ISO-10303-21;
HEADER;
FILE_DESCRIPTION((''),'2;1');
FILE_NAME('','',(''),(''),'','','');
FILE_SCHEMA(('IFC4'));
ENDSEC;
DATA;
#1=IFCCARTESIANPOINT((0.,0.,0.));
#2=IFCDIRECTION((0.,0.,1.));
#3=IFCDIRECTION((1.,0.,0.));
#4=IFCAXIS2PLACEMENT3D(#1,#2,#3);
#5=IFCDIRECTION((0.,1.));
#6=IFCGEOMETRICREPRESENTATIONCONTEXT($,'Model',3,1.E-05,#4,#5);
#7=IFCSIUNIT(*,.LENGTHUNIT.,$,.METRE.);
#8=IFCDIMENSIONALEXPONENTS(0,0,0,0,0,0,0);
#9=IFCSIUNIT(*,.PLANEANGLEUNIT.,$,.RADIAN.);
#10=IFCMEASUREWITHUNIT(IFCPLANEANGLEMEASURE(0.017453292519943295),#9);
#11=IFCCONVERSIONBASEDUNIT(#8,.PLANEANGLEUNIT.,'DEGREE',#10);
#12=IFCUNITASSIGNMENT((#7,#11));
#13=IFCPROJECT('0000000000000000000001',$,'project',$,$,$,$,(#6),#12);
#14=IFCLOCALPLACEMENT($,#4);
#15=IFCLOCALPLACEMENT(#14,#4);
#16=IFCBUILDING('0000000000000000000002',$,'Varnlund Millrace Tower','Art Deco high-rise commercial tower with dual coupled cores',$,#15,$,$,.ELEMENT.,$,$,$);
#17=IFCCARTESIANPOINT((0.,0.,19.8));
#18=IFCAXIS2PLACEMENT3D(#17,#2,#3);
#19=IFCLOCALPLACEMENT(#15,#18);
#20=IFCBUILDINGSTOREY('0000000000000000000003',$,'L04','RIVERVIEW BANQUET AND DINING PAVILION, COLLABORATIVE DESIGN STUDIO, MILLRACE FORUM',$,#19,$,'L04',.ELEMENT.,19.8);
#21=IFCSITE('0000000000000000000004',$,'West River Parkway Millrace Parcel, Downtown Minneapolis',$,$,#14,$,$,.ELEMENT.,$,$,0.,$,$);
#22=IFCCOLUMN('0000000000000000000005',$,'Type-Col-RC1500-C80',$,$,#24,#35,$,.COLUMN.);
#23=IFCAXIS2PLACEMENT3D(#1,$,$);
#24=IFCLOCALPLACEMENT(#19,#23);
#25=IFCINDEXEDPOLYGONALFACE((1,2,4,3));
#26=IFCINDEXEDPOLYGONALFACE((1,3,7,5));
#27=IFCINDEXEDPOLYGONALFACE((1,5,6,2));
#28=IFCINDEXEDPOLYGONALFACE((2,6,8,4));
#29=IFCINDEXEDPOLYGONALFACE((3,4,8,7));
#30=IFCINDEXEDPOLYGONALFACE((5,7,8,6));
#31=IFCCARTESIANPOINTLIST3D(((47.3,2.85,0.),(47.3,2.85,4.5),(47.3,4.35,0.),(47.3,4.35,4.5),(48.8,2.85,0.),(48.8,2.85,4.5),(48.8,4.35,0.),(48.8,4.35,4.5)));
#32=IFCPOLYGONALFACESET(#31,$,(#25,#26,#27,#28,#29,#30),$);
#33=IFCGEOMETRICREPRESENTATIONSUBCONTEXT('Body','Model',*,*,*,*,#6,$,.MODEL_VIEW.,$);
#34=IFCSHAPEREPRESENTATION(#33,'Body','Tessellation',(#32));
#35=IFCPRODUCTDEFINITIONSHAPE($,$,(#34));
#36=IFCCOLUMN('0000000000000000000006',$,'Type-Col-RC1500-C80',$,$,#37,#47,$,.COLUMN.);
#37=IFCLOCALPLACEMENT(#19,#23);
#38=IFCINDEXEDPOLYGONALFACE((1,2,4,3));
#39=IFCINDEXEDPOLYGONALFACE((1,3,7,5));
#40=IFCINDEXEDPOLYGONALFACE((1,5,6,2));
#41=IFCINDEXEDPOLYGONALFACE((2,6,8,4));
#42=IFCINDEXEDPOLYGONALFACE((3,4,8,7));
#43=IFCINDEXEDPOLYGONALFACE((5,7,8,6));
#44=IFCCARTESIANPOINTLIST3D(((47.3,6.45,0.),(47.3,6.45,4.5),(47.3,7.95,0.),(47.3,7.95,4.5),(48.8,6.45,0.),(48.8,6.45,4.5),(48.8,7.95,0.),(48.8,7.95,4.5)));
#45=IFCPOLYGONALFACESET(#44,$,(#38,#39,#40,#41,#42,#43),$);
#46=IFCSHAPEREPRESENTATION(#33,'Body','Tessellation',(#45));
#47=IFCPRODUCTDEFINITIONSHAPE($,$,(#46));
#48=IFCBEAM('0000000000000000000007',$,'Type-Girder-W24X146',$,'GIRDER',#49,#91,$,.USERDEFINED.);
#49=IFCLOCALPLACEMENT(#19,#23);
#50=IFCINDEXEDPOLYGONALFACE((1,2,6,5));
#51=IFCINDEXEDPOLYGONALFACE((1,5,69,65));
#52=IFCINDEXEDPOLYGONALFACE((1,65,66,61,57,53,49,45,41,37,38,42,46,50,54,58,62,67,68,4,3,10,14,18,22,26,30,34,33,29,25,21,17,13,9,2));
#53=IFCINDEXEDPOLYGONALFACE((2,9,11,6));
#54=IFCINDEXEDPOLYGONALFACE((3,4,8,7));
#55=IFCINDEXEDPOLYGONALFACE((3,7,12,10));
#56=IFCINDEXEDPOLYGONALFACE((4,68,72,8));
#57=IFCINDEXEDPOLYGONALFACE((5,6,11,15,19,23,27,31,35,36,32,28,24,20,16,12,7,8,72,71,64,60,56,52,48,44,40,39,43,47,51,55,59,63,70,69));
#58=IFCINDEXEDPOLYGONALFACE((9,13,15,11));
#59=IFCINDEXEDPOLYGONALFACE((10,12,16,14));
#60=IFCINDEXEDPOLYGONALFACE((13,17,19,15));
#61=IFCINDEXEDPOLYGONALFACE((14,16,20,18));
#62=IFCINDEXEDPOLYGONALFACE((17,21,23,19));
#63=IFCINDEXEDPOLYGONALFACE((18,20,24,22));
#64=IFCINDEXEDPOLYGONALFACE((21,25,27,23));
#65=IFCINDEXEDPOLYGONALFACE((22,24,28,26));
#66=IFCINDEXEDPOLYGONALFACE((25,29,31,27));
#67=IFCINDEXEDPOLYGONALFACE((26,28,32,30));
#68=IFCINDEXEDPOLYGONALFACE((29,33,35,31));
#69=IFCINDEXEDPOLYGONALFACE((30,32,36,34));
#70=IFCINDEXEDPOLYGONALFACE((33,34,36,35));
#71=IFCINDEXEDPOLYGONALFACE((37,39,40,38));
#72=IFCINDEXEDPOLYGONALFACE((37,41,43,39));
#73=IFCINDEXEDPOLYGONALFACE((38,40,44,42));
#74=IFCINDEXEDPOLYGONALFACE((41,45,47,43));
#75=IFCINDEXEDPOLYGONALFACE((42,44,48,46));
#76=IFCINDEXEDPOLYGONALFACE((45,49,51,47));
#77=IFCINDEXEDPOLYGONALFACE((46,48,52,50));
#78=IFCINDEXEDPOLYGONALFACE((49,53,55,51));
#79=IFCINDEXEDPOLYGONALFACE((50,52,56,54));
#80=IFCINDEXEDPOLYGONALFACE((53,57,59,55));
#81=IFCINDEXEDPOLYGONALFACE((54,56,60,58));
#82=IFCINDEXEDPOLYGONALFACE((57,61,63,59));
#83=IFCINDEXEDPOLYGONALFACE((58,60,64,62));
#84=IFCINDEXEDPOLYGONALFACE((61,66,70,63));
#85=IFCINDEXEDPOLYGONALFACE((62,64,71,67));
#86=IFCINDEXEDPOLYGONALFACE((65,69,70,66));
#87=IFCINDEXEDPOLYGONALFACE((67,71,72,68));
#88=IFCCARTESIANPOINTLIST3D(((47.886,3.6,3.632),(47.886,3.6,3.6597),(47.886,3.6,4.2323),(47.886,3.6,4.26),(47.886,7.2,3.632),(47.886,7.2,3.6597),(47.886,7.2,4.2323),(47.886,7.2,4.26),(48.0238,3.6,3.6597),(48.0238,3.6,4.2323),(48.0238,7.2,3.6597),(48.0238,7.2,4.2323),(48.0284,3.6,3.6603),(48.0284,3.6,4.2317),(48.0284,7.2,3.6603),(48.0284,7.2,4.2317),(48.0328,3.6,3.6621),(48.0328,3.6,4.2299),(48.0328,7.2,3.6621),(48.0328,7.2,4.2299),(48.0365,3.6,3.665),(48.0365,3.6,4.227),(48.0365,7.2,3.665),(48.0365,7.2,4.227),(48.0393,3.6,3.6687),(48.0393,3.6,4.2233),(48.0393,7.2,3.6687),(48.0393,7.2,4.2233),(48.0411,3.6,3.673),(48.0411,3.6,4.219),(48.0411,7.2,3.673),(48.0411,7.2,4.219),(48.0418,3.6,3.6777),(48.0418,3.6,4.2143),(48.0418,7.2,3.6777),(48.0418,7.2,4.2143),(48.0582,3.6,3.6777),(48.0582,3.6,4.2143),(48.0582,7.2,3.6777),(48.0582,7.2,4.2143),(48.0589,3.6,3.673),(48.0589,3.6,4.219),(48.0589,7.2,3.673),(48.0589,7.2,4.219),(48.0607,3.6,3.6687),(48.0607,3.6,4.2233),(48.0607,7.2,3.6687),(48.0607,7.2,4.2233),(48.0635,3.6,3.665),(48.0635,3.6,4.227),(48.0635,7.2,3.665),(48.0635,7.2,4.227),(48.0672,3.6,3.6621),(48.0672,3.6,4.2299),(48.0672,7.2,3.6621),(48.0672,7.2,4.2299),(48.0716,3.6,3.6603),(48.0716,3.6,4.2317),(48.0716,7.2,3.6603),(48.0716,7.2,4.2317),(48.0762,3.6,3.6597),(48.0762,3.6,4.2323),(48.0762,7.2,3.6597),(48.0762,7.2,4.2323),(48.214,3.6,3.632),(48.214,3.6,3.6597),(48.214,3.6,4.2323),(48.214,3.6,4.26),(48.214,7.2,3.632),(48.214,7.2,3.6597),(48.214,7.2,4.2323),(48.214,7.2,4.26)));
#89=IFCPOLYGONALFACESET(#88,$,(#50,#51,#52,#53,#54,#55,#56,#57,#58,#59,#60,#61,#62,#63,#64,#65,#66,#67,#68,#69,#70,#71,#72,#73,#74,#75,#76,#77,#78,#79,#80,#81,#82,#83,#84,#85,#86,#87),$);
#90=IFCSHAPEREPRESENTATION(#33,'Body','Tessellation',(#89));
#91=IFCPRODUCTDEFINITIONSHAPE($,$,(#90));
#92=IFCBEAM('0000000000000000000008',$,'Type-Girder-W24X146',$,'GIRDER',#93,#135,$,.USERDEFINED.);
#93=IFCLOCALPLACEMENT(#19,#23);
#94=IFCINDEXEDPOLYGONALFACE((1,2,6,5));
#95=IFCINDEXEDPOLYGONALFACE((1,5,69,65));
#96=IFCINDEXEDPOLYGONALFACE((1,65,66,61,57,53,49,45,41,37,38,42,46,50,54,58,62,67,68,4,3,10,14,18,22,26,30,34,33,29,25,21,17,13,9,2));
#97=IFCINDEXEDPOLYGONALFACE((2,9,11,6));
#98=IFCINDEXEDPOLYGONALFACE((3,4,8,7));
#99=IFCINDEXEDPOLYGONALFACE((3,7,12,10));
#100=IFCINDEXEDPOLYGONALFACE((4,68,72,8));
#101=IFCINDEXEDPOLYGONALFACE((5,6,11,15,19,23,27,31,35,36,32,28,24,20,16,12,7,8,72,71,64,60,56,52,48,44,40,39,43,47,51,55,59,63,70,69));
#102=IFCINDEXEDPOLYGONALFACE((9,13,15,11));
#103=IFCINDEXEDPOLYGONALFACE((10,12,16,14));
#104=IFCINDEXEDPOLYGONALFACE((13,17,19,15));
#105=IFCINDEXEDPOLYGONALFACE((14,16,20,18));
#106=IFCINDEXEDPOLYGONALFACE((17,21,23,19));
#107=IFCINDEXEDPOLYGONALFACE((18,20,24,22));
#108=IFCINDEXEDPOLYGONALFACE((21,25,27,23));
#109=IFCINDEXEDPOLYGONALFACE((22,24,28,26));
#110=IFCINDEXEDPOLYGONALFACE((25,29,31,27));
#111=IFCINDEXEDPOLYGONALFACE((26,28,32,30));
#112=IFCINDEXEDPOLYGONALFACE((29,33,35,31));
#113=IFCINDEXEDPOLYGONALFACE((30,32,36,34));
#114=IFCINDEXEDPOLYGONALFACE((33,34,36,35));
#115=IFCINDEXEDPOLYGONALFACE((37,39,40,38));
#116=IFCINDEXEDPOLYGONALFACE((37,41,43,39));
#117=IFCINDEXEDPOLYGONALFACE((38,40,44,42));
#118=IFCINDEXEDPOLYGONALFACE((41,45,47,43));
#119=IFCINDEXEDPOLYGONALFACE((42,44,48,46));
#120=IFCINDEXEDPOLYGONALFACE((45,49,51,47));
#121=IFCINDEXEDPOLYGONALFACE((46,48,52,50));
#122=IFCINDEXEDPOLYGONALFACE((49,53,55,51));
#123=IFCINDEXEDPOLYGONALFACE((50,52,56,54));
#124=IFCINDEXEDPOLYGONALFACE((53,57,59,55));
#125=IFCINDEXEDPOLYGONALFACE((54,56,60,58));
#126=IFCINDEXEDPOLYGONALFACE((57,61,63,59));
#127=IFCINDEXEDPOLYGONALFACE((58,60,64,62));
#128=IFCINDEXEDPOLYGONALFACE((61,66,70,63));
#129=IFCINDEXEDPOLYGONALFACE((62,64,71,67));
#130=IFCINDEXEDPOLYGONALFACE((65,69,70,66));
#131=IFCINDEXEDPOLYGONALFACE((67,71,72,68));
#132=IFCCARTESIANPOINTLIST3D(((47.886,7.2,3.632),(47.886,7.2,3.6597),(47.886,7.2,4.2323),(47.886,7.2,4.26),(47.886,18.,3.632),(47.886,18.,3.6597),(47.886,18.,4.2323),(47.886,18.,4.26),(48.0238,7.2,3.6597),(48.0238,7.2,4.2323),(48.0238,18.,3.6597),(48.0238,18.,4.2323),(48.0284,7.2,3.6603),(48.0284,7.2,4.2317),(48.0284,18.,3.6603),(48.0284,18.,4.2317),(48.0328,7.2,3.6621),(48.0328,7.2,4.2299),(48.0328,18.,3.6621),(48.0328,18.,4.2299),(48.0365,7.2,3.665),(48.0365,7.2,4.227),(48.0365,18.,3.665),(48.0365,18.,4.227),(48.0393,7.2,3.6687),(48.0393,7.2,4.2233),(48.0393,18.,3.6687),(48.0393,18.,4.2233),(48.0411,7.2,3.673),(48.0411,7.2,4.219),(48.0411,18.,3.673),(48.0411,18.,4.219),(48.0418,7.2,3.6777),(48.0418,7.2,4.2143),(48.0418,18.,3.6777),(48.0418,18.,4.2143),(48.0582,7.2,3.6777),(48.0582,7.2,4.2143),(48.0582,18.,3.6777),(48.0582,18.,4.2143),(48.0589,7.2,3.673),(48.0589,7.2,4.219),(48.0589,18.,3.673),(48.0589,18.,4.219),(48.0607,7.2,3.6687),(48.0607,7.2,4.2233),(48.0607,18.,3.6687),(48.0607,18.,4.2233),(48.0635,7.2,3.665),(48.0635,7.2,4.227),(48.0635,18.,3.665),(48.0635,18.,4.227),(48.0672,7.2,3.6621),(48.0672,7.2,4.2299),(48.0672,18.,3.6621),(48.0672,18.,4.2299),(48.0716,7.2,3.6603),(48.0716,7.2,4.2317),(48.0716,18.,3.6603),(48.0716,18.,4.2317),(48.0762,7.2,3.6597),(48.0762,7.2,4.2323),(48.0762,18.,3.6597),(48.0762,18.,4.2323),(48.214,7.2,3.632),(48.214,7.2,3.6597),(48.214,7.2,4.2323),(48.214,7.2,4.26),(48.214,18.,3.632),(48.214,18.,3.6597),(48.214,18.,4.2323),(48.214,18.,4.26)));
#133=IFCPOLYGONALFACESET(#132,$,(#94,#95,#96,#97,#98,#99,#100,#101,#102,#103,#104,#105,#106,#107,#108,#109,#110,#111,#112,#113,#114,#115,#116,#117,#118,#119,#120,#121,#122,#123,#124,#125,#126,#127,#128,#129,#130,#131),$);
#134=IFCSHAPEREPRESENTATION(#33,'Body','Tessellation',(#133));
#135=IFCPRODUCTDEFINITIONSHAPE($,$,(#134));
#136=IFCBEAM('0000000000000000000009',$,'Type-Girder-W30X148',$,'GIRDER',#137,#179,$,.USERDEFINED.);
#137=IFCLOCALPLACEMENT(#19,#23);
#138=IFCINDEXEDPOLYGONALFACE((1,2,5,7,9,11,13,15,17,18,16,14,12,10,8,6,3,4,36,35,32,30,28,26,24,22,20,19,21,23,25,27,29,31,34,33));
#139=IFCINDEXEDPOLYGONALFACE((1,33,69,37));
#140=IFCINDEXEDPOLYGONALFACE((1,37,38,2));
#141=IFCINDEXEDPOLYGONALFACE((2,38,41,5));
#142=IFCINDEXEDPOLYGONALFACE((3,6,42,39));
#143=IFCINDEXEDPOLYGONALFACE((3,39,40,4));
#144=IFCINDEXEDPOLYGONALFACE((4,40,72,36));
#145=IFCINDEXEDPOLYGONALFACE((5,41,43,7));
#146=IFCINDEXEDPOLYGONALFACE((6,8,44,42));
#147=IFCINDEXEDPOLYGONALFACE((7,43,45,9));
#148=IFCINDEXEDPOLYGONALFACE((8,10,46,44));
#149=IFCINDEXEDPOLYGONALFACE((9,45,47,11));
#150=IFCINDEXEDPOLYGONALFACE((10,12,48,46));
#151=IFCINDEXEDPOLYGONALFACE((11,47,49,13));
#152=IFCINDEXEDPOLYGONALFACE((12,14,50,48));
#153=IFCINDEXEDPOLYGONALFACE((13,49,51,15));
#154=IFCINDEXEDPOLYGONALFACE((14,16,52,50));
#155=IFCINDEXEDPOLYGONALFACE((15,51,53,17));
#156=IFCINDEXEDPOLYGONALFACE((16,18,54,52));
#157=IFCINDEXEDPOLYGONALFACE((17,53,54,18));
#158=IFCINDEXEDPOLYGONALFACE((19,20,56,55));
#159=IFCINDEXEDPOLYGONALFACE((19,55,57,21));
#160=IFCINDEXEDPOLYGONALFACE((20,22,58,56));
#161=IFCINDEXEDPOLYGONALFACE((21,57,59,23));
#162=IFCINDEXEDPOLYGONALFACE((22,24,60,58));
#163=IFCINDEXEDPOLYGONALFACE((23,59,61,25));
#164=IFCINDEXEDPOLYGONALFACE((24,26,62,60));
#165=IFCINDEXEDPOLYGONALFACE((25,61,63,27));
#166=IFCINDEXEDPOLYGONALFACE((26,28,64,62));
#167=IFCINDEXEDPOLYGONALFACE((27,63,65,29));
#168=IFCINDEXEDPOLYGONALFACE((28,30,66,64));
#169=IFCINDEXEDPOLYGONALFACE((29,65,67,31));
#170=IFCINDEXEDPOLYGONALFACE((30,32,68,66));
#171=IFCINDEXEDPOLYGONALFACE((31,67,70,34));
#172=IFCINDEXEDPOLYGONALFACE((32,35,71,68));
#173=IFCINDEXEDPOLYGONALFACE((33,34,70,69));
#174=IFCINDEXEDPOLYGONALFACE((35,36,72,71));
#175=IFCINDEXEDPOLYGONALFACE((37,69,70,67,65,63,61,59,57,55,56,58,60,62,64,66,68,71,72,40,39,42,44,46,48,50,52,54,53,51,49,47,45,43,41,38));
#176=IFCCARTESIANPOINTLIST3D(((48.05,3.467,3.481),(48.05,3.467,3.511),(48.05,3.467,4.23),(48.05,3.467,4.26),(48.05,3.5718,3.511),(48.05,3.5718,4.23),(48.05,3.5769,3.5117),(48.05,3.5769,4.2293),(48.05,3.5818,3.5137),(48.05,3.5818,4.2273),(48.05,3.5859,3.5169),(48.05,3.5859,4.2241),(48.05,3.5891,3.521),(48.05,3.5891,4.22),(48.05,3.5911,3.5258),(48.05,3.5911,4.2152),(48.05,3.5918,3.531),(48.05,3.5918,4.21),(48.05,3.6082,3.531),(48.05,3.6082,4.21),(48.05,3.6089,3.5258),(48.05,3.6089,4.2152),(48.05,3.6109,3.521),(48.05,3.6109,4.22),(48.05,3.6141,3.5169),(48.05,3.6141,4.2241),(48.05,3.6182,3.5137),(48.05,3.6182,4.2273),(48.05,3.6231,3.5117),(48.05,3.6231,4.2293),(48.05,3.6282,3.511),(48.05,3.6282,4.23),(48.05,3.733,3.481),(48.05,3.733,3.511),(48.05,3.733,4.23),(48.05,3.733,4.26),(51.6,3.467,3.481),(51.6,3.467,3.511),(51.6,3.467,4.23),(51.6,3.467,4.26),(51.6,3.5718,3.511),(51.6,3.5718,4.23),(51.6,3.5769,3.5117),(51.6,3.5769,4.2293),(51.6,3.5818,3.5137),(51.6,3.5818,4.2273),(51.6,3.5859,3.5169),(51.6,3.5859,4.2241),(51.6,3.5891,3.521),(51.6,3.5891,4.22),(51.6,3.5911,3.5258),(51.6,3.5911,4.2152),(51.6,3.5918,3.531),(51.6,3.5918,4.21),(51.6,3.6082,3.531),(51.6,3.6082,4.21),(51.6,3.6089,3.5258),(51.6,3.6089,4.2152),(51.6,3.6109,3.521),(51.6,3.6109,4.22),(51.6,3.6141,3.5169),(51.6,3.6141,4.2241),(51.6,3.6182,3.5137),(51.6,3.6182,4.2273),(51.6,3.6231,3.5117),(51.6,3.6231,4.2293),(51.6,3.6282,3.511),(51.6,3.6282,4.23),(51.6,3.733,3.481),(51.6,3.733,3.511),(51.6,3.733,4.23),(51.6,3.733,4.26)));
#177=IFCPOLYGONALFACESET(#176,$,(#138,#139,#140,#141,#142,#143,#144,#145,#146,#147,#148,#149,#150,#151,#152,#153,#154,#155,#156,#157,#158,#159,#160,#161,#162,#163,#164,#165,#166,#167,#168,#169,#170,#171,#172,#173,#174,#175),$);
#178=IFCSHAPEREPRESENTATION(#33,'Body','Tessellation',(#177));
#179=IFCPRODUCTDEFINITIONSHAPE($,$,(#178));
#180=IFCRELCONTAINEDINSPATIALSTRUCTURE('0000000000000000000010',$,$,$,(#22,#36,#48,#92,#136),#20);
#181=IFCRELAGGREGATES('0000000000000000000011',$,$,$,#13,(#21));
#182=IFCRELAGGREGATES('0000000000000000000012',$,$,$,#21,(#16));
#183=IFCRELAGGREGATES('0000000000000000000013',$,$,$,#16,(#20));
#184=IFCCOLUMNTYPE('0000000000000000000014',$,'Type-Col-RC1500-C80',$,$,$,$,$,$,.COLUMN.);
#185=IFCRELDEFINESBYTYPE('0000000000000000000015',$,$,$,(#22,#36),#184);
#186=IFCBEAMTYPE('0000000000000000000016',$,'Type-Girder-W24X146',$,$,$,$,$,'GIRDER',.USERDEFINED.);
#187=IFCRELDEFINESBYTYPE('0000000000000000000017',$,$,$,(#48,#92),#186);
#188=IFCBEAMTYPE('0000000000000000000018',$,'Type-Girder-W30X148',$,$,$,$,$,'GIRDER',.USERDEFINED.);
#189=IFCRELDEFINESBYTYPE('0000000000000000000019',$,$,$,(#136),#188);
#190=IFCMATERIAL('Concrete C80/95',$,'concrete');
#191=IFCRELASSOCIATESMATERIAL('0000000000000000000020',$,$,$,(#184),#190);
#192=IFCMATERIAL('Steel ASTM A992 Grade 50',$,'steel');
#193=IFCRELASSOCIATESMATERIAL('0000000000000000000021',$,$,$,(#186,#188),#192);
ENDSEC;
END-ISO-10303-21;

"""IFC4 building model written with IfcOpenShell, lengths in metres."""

from ifc_helpers import new_model, entity, si_unit, converted_unit, direction, frame, origin_with_axes, origin_2d_with_axis, place, context, subcontext, project, spatial, rectangle, i_section, extrude, material, material_profile, profile_set, type_object, element, save


model = new_model("IFC4")

# Units and contexts
model_context = context("Model", 3, precision=1e-05, world=origin_with_axes(), true_north=direction((0.0, 1.0)))
body_context = subcontext(model_context, "Body", "Model", "MODEL_VIEW")
ifc_project = project(units=[si_unit("LENGTHUNIT", "METRE"), converted_unit("PLANEANGLEUNIT", "DEGREE", entity("IfcPlaneAngleMeasure", 0.017453292519943295), si_unit("PLANEANGLEUNIT", "RADIAN"), dimensions=[0, 0, 0, 0, 0, 0, 0])], contexts=[model_context])

# Site, building, storey
site_placement = place(None, origin_with_axes())
site = spatial("IfcSite", under=ifc_project, at=site_placement, Name="West River Parkway Millrace Parcel, Downtown Minneapolis", CompositionType="ELEMENT", RefElevation=0.0)
building_placement = place(site_placement, origin_with_axes())
building = spatial("IfcBuilding", under=site, at=building_placement, Name="Varnlund Millrace Tower", Description="Art Deco high-rise commercial tower with dual coupled cores", CompositionType="ELEMENT")
storey_placement = place(building_placement, frame((0.0, 0.0, 19.8), z_axis=(0.0, 0.0, 1.0), x_axis=(1.0, 0.0, 0.0)))
storey = spatial("IfcBuildingStorey", under=building, at=storey_placement, Name="L04", Description="RIVERVIEW BANQUET AND DINING PAVILION, COLLABORATIVE DESIGN STUDIO, MILLRACE FORUM", LongName="L04", CompositionType="ELEMENT", Elevation=19.8)

# Columns
ifc_material_1 = material(Name="Concrete C80/95", Category="concrete")
ifc_material_profile_1 = material_profile(ifc_material_1, rectangle(XDim=1.5, YDim=1.5, at=origin_2d_with_axis()), Name="Concrete C80/95")
ifc_profile_set_1 = profile_set([ifc_material_profile_1], Name="Concrete C80/95")
column_type = type_object("IfcColumnType", Name="Type-Col-RC1500-C80", PredefinedType="COLUMN", material=ifc_profile_set_1)
for number, where, z_axis, x_axis, name in (
    (1, (48.05, 3.6, 0.0), (0.0, 0.0, 1.0), (1.0, 0.0, 0.0), "Type-Col-RC1500-C80"),
    (2, (48.05, 7.2, 0.0), (0.0, 0.0, 1.0), (1.0, 0.0, 0.0), "Type-Col-RC1500-C80"),
):
    element("IfcColumn", number, at=place(storey_placement, frame(where, z_axis=z_axis, x_axis=x_axis)), inside=storey, type_object=column_type, Name=name, PredefinedType="COLUMN", context=body_context, shape_type="SweptSolid", body=[
        extrude(rectangle(XDim=1.5, YDim=1.5, at=origin_2d_with_axis()), origin_with_axes(), (0.0, 0.0, 1.0), 4.5),
    ])

# Beams
ifc_material_2 = material(Name="Steel ASTM A992 Grade 50", Category="steel")
ifc_material_profile_2 = material_profile(ifc_material_2, i_section(OverallWidth=0.328, OverallDepth=0.628, WebThickness=0.0165, FlangeThickness=0.0277, FilletRadius=0.018, at=origin_2d_with_axis()), Name="Steel ASTM A992 Grade 50")
ifc_profile_set_2 = profile_set([ifc_material_profile_2], Name="Steel ASTM A992 Grade 50")
beam_type_1 = type_object("IfcBeamType", Name="Type-Girder-W24X146", ElementType="GIRDER", PredefinedType="USERDEFINED", material=ifc_profile_set_2)
beam_1_placement = place(storey_placement, frame((48.05, 3.6, 3.946), z_axis=(0.0, 1.0, 0.0), x_axis=(-1.0, 0.0, 0.0)))
element("IfcBeam", 3, at=beam_1_placement, inside=storey, type_object=beam_type_1, Name="Type-Girder-W24X146", ObjectType="GIRDER", PredefinedType="USERDEFINED", context=body_context, shape_type="SweptSolid", body=[
    extrude(i_section(OverallWidth=0.328, OverallDepth=0.628, WebThickness=0.0165, FlangeThickness=0.0277, FilletRadius=0.018, at=origin_2d_with_axis()), origin_with_axes(), (0.0, 0.0, 1.0), 3.6),
])
beam_2_placement = place(storey_placement, frame((48.05, 7.2, 3.946), z_axis=(0.0, 1.0, 0.0), x_axis=(-1.0, 0.0, 0.0)))
element("IfcBeam", 4, at=beam_2_placement, inside=storey, type_object=beam_type_1, Name="Type-Girder-W24X146", ObjectType="GIRDER", PredefinedType="USERDEFINED", context=body_context, shape_type="SweptSolid", body=[
    extrude(i_section(OverallWidth=0.328, OverallDepth=0.628, WebThickness=0.0165, FlangeThickness=0.0277, FilletRadius=0.018, at=origin_2d_with_axis()), origin_with_axes(), (0.0, 0.0, 1.0), 10.8),
])
ifc_material_profile_3 = material_profile(ifc_material_2, i_section(OverallWidth=0.266, OverallDepth=0.779, WebThickness=0.0165, FlangeThickness=0.03, FilletRadius=0.02, at=origin_2d_with_axis()), Name="Steel ASTM A992 Grade 50")
ifc_profile_set_3 = profile_set([ifc_material_profile_3], Name="Steel ASTM A992 Grade 50")
beam_type_2 = type_object("IfcBeamType", Name="Type-Girder-W30X148", ElementType="GIRDER", PredefinedType="USERDEFINED", material=ifc_profile_set_3)
for number, where, z_axis, x_axis, name in (
    (5, (48.05, 3.6, 3.8705), (1.0, 0.0, 0.0), (0.0, 1.0, 0.0), "Type-Girder-W30X148"),
):
    element("IfcBeam", number, at=place(storey_placement, frame(where, z_axis=z_axis, x_axis=x_axis)), inside=storey, type_object=beam_type_2, Name=name, ObjectType="GIRDER", PredefinedType="USERDEFINED", context=body_context, shape_type="SweptSolid", body=[
        extrude(i_section(OverallWidth=0.266, OverallDepth=0.779, WebThickness=0.0165, FlangeThickness=0.03, FilletRadius=0.02, at=origin_2d_with_axis()), origin_with_axes(), (0.0, 0.0, 1.0), 3.55),
    ])

save(model, "model.ifc")
